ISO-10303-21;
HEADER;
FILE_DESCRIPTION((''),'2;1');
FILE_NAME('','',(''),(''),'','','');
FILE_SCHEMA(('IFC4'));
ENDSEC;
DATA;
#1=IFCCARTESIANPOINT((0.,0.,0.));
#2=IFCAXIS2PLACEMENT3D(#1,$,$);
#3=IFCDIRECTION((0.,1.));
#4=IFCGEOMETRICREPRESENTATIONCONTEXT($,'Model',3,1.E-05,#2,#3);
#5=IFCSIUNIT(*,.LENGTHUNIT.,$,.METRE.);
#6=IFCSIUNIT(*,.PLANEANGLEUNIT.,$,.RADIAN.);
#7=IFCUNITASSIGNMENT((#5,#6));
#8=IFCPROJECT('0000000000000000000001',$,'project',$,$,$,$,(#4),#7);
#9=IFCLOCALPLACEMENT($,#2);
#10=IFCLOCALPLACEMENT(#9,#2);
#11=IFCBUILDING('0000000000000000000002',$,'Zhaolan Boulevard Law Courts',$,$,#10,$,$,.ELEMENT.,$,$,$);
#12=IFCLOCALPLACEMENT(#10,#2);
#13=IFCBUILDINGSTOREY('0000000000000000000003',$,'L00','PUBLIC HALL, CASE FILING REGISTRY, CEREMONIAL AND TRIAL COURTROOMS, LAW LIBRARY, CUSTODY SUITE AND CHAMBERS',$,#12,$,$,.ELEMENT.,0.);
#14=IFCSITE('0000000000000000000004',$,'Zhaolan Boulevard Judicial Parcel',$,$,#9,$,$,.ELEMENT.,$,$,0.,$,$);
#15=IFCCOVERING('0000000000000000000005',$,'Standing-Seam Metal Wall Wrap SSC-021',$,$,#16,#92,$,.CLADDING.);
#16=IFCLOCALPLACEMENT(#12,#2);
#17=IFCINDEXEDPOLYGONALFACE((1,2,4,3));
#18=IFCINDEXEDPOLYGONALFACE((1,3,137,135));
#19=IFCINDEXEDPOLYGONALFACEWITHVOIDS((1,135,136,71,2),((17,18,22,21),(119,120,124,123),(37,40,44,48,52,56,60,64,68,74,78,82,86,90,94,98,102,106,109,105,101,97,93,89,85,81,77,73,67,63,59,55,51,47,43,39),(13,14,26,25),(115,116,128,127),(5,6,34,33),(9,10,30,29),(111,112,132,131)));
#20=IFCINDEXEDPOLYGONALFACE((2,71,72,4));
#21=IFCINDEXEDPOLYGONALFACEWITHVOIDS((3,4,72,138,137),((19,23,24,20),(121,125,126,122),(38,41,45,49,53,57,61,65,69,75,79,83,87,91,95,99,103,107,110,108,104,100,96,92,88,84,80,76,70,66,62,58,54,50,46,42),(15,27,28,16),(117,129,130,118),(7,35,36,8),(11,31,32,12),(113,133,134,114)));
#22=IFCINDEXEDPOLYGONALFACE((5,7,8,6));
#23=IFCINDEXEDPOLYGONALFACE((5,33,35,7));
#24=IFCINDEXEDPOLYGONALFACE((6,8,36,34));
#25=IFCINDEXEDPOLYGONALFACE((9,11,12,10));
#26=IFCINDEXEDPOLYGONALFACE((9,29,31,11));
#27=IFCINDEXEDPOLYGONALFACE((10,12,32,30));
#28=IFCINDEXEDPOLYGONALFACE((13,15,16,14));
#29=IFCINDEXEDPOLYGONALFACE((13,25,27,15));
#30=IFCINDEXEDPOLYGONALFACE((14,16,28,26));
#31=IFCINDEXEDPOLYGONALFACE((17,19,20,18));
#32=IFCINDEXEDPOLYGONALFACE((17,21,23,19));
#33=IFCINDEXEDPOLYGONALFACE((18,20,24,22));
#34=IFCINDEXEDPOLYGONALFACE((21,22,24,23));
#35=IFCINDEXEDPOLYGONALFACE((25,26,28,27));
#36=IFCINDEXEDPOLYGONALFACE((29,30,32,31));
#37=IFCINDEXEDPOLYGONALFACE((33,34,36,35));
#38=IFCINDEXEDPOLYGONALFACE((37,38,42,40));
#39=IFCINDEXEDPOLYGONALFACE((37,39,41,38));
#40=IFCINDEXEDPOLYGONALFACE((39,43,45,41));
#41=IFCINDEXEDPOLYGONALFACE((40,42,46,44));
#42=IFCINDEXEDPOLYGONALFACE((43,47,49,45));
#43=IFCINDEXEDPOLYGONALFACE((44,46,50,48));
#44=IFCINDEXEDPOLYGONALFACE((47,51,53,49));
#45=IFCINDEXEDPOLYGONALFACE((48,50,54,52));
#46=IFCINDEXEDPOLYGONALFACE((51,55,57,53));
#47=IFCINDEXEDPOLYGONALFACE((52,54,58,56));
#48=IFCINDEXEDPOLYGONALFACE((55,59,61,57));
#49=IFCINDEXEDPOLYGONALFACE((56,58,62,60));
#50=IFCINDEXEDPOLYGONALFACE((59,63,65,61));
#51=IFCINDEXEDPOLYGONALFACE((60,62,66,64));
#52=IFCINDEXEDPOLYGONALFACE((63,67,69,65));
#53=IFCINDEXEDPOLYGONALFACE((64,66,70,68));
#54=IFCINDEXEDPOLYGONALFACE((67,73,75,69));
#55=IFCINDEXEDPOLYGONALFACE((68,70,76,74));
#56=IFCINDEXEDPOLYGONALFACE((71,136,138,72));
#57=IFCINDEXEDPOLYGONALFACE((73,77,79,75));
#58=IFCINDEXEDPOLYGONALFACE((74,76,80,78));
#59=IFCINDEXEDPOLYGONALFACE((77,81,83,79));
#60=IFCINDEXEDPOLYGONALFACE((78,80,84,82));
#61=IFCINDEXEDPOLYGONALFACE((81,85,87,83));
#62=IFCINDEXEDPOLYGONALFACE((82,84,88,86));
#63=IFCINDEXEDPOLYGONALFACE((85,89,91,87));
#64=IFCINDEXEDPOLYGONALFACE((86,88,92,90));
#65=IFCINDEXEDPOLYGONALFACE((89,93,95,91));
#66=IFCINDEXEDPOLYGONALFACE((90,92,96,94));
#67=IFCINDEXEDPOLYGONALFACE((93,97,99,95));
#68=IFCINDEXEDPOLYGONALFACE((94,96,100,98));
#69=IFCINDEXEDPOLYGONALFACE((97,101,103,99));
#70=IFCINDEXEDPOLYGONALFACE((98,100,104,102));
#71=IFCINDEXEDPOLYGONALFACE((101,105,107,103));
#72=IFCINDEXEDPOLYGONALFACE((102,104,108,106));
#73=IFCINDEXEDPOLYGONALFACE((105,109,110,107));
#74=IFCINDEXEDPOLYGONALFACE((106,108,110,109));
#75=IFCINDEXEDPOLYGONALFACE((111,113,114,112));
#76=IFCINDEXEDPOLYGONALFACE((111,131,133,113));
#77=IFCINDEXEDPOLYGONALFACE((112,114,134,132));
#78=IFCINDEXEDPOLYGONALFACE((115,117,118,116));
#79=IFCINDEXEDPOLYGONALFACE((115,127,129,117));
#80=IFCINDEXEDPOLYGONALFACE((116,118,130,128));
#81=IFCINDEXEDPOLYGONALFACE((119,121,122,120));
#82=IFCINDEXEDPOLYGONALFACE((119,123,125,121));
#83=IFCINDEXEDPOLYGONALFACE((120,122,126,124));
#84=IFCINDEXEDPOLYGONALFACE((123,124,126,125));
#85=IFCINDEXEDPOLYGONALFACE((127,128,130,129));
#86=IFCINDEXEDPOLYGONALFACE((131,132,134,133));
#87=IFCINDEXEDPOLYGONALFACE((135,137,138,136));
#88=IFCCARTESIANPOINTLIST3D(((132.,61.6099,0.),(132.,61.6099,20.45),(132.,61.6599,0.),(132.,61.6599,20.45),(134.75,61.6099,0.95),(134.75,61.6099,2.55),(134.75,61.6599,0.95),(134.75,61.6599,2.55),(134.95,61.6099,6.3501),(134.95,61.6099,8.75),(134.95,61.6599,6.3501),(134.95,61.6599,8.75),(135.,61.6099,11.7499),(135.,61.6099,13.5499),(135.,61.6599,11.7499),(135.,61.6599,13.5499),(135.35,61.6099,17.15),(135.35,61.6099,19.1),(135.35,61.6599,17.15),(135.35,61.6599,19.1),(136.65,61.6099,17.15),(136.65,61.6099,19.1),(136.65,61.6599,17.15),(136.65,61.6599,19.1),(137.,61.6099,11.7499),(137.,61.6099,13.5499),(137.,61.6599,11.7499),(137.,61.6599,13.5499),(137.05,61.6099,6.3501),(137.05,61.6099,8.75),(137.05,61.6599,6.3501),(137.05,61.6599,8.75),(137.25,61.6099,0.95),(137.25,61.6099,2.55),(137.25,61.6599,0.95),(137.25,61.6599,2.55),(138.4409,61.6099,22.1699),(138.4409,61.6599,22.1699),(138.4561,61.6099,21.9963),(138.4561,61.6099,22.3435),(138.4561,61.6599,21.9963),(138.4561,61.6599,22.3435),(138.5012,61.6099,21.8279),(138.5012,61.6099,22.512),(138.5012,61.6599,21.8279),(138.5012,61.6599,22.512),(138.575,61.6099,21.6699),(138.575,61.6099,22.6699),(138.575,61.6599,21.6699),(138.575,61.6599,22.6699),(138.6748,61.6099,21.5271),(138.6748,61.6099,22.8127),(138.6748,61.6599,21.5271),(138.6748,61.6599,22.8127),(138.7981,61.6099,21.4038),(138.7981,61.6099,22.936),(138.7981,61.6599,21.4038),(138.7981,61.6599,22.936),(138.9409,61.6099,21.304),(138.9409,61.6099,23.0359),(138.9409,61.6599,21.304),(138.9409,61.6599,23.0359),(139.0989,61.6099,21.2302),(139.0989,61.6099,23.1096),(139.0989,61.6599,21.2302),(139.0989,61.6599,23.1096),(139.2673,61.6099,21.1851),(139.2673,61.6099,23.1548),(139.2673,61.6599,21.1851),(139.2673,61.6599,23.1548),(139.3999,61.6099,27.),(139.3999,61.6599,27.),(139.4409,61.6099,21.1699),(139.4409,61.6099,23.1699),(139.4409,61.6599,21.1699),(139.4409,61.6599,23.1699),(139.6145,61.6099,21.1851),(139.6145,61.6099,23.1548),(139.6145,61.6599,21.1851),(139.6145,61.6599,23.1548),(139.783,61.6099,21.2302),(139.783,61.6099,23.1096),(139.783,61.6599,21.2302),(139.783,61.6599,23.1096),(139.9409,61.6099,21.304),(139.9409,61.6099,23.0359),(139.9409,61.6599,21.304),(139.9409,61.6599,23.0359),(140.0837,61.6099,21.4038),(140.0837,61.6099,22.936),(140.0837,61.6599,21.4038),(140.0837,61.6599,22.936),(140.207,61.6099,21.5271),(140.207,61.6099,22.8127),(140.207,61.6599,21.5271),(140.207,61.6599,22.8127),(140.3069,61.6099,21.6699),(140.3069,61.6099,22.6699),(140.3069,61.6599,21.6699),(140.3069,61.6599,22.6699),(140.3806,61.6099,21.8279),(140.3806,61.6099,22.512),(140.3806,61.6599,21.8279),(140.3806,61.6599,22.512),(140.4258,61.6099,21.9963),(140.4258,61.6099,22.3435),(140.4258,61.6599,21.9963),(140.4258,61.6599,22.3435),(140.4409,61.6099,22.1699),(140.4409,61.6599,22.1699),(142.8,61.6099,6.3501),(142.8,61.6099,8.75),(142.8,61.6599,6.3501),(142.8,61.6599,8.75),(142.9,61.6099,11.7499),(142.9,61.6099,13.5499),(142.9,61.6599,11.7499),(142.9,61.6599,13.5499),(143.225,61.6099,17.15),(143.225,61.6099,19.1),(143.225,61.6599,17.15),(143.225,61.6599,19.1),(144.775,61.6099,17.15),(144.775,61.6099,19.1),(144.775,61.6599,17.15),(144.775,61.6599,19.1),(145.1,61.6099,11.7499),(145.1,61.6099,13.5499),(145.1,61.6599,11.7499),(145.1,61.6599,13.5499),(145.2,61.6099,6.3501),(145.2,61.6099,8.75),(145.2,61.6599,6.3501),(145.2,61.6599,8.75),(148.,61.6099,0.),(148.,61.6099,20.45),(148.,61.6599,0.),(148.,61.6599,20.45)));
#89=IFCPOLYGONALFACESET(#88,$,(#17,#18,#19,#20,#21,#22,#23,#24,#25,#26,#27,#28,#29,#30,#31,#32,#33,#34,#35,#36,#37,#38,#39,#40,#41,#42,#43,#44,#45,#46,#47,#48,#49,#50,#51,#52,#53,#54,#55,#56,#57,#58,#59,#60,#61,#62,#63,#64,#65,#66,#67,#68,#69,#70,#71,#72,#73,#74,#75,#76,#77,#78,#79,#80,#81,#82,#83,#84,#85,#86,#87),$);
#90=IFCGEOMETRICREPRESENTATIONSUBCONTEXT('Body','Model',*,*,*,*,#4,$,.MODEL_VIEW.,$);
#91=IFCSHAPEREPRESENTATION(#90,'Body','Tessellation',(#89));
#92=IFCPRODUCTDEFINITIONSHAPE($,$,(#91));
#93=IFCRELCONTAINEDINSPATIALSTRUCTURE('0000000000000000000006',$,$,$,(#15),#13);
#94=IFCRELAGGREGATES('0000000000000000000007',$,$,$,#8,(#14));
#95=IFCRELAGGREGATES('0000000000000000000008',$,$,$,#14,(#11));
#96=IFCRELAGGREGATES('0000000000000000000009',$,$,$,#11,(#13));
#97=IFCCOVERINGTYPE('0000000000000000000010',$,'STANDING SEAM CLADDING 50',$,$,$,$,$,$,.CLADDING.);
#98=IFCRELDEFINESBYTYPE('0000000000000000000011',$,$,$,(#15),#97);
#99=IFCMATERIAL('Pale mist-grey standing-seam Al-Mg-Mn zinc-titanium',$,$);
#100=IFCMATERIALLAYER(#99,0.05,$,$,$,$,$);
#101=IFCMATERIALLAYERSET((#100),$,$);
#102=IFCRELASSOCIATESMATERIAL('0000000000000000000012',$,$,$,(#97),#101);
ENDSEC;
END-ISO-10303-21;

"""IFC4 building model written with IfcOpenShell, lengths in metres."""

from ifc_helpers import new_model, si_unit, direction, frame, frame_2d, origin, place, context, subcontext, project, spatial, polyline, rectangle, outline, extrude, material, layer, layer_set, type_object, element, save


model = new_model("IFC4")

# Units and contexts
model_context = context("Model", 3, precision=1e-05, world=origin(), true_north=direction((0.0, 1.0)))
body_context = subcontext(model_context, "Body", "Model", "MODEL_VIEW")
ifc_project = project(units=[si_unit("LENGTHUNIT", "METRE"), si_unit("PLANEANGLEUNIT", "RADIAN")], contexts=[model_context])

# Site, building, storey
site_placement = place(None, origin())
site = spatial("IfcSite", under=ifc_project, at=site_placement, Name="Zhaolan Boulevard Judicial Parcel", CompositionType="ELEMENT", RefElevation=0.0)
building_placement = place(site_placement, origin())
building = spatial("IfcBuilding", under=site, at=building_placement, Name="Zhaolan Boulevard Law Courts", CompositionType="ELEMENT")
storey_placement = place(building_placement, origin())
storey = spatial("IfcBuildingStorey", under=building, at=storey_placement, Name="L00", Description="PUBLIC HALL, CASE FILING REGISTRY, CEREMONIAL AND TRIAL COURTROOMS, LAW LIBRARY, CUSTODY SUITE AND CHAMBERS", CompositionType="ELEMENT", Elevation=0.0)

# Covering, openings
ifc_material_1 = material(Name="Pale mist-grey standing-seam Al-Mg-Mn zinc-titanium")
ifc_layer_1 = layer(ifc_material_1, 0.05)
ifc_layer_set_1 = layer_set([ifc_layer_1])
covering_type = type_object("IfcCoveringType", Name="STANDING SEAM CLADDING 50", PredefinedType="CLADDING", material=ifc_layer_set_1)
covering_placement = place(storey_placement, frame((132.0, 61.635, 0.0), z_axis=(0.0, 0.0, 1.0), x_axis=(1.0, 0.0, 0.0)))
covering = element("IfcCovering", 1, at=covering_placement, inside=storey, type_object=covering_type, Name="Standing-Seam Metal Wall Wrap SSC-021", PredefinedType="CLADDING", context=body_context, shape_type="SweptSolid", body=[
    extrude(outline(polyline([(0.0, 0.0), (16.0, 0.0), (16.0, 20.45), (7.3999, 27.0), (0.0, 20.45), (0.0, 0.0)])), frame((0.0, 0.0249, 0.0), z_axis=(0.0, -1.0, 0.0), x_axis=(1.0, 0.0, 0.0)), (0.0, 0.0, 1.0), 0.05),
])
opening_1_placement = place(storey_placement, frame((134.75, 61.635, 0.95), z_axis=(0.0, 0.0, 1.0), x_axis=(1.0, 0.0, 0.0)))
element("IfcOpeningElement", 2, at=opening_1_placement, cuts=covering, PredefinedType="OPENING", context=body_context, shape_type="SweptSolid", body=[
    extrude(rectangle(XDim=2.5, YDim=1.6001, at=frame_2d((1.25, 0.8))), frame((0.0, 0.1499, 0.0), z_axis=(0.0, -1.0, 0.0), x_axis=(1.0, 0.0, 0.0)), (0.0, 0.0, 1.0), 0.3),
])
opening_2_placement = place(storey_placement, frame((134.95, 61.635, 6.3501), z_axis=(0.0, 0.0, 1.0), x_axis=(1.0, 0.0, 0.0)))
element("IfcOpeningElement", 3, at=opening_2_placement, cuts=covering, PredefinedType="OPENING", context=body_context, shape_type="SweptSolid", body=[
    extrude(rectangle(XDim=2.1001, YDim=2.3999, at=frame_2d((1.05, 1.2))), frame((0.0, 0.1499, 0.0), z_axis=(0.0, -1.0, 0.0), x_axis=(1.0, 0.0, 0.0)), (0.0, 0.0, 1.0), 0.3),
])
opening_3_placement = place(storey_placement, frame((142.8, 61.635, 6.3501), z_axis=(0.0, 0.0, 1.0), x_axis=(1.0, 0.0, 0.0)))
element("IfcOpeningElement", 4, at=opening_3_placement, cuts=covering, PredefinedType="OPENING", context=body_context, shape_type="SweptSolid", body=[
    extrude(rectangle(XDim=2.3999, YDim=2.3999, at=frame_2d((1.2, 1.2))), frame((0.0, 0.1499, 0.0), z_axis=(0.0, -1.0, 0.0), x_axis=(1.0, 0.0, 0.0)), (0.0, 0.0, 1.0), 0.3),
])
opening_4_placement = place(storey_placement, frame((135.0, 61.635, 11.75), z_axis=(0.0, 0.0, 1.0), x_axis=(1.0, 0.0, 0.0)))
element("IfcOpeningElement", 5, at=opening_4_placement, cuts=covering, PredefinedType="OPENING", context=body_context, shape_type="SweptSolid", body=[
    extrude(rectangle(XDim=2.0, YDim=1.8, at=frame_2d((1.0, 0.8999))), frame((0.0, 0.1499, 0.0), z_axis=(0.0, -1.0, 0.0), x_axis=(1.0, 0.0, 0.0)), (0.0, 0.0, 1.0), 0.3),
])
opening_5_placement = place(storey_placement, frame((142.8999, 61.635, 11.75), z_axis=(0.0, 0.0, 1.0), x_axis=(1.0, 0.0, 0.0)))
element("IfcOpeningElement", 6, at=opening_5_placement, cuts=covering, PredefinedType="OPENING", context=body_context, shape_type="SweptSolid", body=[
    extrude(rectangle(XDim=2.2, YDim=1.8, at=frame_2d((1.1001, 0.8999))), frame((0.0, 0.1499, 0.0), z_axis=(0.0, -1.0, 0.0), x_axis=(1.0, 0.0, 0.0)), (0.0, 0.0, 1.0), 0.3),
])
opening_6_placement = place(storey_placement, frame((135.3501, 61.635, 17.1499), z_axis=(0.0, 0.0, 1.0), x_axis=(1.0, 0.0, 0.0)))
element("IfcOpeningElement", 7, at=opening_6_placement, cuts=covering, PredefinedType="OPENING", context=body_context, shape_type="SweptSolid", body=[
    extrude(rectangle(XDim=1.3, YDim=1.95, at=frame_2d((0.6499, 0.9751))), frame((0.0, 0.1499, 0.0), z_axis=(0.0, -1.0, 0.0), x_axis=(1.0, 0.0, 0.0)), (0.0, 0.0, 1.0), 0.3),
])
opening_7_placement = place(storey_placement, frame((143.2251, 61.635, 17.1499), z_axis=(0.0, 0.0, 1.0), x_axis=(1.0, 0.0, 0.0)))
element("IfcOpeningElement", 8, at=opening_7_placement, cuts=covering, PredefinedType="OPENING", context=body_context, shape_type="SweptSolid", body=[
    extrude(rectangle(XDim=1.55, YDim=1.95, at=frame_2d((0.7749, 0.9751))), frame((0.0, 0.1499, 0.0), z_axis=(0.0, -1.0, 0.0), x_axis=(1.0, 0.0, 0.0)), (0.0, 0.0, 1.0), 0.3),
])
opening_8_placement = place(storey_placement, frame((138.4409, 61.635, 21.1699), z_axis=(0.0, 0.0, 1.0), x_axis=(1.0, 0.0, 0.0)))
element("IfcOpeningElement", 9, at=opening_8_placement, cuts=covering, PredefinedType="OPENING", context=body_context, shape_type="SweptSolid", body=[
    extrude(outline(polyline([(2.0, 1.0), (1.9849, 1.1736), (1.9397, 1.342), (1.866, 1.5), (1.7661, 1.6428), (1.6428, 1.7661), (1.5, 1.866), (1.342, 1.9397), (1.1736, 1.9849), (1.0, 2.0), (0.8264, 1.9849), (0.658, 1.9397), (0.5, 1.866), (0.3572, 1.7661), (0.2339, 1.6428), (0.134, 1.5), (0.0603, 1.342), (0.0151, 1.1736), (0.0, 1.0), (0.0151, 0.8264), (0.0603, 0.658), (0.134, 0.5), (0.2339, 0.3572), (0.3572, 0.2339), (0.5, 0.134), (0.658, 0.0603), (0.8264, 0.0151), (1.0, 0.0), (1.1736, 0.0151), (1.342, 0.0603), (1.5, 0.134), (1.6428, 0.2339), (1.7661, 0.3572), (1.866, 0.5), (1.9397, 0.658), (1.9849, 0.8264), (2.0, 1.0)])), frame((0.0, 0.1499, 0.0), z_axis=(0.0, -1.0, 0.0), x_axis=(1.0, 0.0, 0.0)), (0.0, 0.0, 1.0), 0.3),
])

save(model, "model.ifc")
